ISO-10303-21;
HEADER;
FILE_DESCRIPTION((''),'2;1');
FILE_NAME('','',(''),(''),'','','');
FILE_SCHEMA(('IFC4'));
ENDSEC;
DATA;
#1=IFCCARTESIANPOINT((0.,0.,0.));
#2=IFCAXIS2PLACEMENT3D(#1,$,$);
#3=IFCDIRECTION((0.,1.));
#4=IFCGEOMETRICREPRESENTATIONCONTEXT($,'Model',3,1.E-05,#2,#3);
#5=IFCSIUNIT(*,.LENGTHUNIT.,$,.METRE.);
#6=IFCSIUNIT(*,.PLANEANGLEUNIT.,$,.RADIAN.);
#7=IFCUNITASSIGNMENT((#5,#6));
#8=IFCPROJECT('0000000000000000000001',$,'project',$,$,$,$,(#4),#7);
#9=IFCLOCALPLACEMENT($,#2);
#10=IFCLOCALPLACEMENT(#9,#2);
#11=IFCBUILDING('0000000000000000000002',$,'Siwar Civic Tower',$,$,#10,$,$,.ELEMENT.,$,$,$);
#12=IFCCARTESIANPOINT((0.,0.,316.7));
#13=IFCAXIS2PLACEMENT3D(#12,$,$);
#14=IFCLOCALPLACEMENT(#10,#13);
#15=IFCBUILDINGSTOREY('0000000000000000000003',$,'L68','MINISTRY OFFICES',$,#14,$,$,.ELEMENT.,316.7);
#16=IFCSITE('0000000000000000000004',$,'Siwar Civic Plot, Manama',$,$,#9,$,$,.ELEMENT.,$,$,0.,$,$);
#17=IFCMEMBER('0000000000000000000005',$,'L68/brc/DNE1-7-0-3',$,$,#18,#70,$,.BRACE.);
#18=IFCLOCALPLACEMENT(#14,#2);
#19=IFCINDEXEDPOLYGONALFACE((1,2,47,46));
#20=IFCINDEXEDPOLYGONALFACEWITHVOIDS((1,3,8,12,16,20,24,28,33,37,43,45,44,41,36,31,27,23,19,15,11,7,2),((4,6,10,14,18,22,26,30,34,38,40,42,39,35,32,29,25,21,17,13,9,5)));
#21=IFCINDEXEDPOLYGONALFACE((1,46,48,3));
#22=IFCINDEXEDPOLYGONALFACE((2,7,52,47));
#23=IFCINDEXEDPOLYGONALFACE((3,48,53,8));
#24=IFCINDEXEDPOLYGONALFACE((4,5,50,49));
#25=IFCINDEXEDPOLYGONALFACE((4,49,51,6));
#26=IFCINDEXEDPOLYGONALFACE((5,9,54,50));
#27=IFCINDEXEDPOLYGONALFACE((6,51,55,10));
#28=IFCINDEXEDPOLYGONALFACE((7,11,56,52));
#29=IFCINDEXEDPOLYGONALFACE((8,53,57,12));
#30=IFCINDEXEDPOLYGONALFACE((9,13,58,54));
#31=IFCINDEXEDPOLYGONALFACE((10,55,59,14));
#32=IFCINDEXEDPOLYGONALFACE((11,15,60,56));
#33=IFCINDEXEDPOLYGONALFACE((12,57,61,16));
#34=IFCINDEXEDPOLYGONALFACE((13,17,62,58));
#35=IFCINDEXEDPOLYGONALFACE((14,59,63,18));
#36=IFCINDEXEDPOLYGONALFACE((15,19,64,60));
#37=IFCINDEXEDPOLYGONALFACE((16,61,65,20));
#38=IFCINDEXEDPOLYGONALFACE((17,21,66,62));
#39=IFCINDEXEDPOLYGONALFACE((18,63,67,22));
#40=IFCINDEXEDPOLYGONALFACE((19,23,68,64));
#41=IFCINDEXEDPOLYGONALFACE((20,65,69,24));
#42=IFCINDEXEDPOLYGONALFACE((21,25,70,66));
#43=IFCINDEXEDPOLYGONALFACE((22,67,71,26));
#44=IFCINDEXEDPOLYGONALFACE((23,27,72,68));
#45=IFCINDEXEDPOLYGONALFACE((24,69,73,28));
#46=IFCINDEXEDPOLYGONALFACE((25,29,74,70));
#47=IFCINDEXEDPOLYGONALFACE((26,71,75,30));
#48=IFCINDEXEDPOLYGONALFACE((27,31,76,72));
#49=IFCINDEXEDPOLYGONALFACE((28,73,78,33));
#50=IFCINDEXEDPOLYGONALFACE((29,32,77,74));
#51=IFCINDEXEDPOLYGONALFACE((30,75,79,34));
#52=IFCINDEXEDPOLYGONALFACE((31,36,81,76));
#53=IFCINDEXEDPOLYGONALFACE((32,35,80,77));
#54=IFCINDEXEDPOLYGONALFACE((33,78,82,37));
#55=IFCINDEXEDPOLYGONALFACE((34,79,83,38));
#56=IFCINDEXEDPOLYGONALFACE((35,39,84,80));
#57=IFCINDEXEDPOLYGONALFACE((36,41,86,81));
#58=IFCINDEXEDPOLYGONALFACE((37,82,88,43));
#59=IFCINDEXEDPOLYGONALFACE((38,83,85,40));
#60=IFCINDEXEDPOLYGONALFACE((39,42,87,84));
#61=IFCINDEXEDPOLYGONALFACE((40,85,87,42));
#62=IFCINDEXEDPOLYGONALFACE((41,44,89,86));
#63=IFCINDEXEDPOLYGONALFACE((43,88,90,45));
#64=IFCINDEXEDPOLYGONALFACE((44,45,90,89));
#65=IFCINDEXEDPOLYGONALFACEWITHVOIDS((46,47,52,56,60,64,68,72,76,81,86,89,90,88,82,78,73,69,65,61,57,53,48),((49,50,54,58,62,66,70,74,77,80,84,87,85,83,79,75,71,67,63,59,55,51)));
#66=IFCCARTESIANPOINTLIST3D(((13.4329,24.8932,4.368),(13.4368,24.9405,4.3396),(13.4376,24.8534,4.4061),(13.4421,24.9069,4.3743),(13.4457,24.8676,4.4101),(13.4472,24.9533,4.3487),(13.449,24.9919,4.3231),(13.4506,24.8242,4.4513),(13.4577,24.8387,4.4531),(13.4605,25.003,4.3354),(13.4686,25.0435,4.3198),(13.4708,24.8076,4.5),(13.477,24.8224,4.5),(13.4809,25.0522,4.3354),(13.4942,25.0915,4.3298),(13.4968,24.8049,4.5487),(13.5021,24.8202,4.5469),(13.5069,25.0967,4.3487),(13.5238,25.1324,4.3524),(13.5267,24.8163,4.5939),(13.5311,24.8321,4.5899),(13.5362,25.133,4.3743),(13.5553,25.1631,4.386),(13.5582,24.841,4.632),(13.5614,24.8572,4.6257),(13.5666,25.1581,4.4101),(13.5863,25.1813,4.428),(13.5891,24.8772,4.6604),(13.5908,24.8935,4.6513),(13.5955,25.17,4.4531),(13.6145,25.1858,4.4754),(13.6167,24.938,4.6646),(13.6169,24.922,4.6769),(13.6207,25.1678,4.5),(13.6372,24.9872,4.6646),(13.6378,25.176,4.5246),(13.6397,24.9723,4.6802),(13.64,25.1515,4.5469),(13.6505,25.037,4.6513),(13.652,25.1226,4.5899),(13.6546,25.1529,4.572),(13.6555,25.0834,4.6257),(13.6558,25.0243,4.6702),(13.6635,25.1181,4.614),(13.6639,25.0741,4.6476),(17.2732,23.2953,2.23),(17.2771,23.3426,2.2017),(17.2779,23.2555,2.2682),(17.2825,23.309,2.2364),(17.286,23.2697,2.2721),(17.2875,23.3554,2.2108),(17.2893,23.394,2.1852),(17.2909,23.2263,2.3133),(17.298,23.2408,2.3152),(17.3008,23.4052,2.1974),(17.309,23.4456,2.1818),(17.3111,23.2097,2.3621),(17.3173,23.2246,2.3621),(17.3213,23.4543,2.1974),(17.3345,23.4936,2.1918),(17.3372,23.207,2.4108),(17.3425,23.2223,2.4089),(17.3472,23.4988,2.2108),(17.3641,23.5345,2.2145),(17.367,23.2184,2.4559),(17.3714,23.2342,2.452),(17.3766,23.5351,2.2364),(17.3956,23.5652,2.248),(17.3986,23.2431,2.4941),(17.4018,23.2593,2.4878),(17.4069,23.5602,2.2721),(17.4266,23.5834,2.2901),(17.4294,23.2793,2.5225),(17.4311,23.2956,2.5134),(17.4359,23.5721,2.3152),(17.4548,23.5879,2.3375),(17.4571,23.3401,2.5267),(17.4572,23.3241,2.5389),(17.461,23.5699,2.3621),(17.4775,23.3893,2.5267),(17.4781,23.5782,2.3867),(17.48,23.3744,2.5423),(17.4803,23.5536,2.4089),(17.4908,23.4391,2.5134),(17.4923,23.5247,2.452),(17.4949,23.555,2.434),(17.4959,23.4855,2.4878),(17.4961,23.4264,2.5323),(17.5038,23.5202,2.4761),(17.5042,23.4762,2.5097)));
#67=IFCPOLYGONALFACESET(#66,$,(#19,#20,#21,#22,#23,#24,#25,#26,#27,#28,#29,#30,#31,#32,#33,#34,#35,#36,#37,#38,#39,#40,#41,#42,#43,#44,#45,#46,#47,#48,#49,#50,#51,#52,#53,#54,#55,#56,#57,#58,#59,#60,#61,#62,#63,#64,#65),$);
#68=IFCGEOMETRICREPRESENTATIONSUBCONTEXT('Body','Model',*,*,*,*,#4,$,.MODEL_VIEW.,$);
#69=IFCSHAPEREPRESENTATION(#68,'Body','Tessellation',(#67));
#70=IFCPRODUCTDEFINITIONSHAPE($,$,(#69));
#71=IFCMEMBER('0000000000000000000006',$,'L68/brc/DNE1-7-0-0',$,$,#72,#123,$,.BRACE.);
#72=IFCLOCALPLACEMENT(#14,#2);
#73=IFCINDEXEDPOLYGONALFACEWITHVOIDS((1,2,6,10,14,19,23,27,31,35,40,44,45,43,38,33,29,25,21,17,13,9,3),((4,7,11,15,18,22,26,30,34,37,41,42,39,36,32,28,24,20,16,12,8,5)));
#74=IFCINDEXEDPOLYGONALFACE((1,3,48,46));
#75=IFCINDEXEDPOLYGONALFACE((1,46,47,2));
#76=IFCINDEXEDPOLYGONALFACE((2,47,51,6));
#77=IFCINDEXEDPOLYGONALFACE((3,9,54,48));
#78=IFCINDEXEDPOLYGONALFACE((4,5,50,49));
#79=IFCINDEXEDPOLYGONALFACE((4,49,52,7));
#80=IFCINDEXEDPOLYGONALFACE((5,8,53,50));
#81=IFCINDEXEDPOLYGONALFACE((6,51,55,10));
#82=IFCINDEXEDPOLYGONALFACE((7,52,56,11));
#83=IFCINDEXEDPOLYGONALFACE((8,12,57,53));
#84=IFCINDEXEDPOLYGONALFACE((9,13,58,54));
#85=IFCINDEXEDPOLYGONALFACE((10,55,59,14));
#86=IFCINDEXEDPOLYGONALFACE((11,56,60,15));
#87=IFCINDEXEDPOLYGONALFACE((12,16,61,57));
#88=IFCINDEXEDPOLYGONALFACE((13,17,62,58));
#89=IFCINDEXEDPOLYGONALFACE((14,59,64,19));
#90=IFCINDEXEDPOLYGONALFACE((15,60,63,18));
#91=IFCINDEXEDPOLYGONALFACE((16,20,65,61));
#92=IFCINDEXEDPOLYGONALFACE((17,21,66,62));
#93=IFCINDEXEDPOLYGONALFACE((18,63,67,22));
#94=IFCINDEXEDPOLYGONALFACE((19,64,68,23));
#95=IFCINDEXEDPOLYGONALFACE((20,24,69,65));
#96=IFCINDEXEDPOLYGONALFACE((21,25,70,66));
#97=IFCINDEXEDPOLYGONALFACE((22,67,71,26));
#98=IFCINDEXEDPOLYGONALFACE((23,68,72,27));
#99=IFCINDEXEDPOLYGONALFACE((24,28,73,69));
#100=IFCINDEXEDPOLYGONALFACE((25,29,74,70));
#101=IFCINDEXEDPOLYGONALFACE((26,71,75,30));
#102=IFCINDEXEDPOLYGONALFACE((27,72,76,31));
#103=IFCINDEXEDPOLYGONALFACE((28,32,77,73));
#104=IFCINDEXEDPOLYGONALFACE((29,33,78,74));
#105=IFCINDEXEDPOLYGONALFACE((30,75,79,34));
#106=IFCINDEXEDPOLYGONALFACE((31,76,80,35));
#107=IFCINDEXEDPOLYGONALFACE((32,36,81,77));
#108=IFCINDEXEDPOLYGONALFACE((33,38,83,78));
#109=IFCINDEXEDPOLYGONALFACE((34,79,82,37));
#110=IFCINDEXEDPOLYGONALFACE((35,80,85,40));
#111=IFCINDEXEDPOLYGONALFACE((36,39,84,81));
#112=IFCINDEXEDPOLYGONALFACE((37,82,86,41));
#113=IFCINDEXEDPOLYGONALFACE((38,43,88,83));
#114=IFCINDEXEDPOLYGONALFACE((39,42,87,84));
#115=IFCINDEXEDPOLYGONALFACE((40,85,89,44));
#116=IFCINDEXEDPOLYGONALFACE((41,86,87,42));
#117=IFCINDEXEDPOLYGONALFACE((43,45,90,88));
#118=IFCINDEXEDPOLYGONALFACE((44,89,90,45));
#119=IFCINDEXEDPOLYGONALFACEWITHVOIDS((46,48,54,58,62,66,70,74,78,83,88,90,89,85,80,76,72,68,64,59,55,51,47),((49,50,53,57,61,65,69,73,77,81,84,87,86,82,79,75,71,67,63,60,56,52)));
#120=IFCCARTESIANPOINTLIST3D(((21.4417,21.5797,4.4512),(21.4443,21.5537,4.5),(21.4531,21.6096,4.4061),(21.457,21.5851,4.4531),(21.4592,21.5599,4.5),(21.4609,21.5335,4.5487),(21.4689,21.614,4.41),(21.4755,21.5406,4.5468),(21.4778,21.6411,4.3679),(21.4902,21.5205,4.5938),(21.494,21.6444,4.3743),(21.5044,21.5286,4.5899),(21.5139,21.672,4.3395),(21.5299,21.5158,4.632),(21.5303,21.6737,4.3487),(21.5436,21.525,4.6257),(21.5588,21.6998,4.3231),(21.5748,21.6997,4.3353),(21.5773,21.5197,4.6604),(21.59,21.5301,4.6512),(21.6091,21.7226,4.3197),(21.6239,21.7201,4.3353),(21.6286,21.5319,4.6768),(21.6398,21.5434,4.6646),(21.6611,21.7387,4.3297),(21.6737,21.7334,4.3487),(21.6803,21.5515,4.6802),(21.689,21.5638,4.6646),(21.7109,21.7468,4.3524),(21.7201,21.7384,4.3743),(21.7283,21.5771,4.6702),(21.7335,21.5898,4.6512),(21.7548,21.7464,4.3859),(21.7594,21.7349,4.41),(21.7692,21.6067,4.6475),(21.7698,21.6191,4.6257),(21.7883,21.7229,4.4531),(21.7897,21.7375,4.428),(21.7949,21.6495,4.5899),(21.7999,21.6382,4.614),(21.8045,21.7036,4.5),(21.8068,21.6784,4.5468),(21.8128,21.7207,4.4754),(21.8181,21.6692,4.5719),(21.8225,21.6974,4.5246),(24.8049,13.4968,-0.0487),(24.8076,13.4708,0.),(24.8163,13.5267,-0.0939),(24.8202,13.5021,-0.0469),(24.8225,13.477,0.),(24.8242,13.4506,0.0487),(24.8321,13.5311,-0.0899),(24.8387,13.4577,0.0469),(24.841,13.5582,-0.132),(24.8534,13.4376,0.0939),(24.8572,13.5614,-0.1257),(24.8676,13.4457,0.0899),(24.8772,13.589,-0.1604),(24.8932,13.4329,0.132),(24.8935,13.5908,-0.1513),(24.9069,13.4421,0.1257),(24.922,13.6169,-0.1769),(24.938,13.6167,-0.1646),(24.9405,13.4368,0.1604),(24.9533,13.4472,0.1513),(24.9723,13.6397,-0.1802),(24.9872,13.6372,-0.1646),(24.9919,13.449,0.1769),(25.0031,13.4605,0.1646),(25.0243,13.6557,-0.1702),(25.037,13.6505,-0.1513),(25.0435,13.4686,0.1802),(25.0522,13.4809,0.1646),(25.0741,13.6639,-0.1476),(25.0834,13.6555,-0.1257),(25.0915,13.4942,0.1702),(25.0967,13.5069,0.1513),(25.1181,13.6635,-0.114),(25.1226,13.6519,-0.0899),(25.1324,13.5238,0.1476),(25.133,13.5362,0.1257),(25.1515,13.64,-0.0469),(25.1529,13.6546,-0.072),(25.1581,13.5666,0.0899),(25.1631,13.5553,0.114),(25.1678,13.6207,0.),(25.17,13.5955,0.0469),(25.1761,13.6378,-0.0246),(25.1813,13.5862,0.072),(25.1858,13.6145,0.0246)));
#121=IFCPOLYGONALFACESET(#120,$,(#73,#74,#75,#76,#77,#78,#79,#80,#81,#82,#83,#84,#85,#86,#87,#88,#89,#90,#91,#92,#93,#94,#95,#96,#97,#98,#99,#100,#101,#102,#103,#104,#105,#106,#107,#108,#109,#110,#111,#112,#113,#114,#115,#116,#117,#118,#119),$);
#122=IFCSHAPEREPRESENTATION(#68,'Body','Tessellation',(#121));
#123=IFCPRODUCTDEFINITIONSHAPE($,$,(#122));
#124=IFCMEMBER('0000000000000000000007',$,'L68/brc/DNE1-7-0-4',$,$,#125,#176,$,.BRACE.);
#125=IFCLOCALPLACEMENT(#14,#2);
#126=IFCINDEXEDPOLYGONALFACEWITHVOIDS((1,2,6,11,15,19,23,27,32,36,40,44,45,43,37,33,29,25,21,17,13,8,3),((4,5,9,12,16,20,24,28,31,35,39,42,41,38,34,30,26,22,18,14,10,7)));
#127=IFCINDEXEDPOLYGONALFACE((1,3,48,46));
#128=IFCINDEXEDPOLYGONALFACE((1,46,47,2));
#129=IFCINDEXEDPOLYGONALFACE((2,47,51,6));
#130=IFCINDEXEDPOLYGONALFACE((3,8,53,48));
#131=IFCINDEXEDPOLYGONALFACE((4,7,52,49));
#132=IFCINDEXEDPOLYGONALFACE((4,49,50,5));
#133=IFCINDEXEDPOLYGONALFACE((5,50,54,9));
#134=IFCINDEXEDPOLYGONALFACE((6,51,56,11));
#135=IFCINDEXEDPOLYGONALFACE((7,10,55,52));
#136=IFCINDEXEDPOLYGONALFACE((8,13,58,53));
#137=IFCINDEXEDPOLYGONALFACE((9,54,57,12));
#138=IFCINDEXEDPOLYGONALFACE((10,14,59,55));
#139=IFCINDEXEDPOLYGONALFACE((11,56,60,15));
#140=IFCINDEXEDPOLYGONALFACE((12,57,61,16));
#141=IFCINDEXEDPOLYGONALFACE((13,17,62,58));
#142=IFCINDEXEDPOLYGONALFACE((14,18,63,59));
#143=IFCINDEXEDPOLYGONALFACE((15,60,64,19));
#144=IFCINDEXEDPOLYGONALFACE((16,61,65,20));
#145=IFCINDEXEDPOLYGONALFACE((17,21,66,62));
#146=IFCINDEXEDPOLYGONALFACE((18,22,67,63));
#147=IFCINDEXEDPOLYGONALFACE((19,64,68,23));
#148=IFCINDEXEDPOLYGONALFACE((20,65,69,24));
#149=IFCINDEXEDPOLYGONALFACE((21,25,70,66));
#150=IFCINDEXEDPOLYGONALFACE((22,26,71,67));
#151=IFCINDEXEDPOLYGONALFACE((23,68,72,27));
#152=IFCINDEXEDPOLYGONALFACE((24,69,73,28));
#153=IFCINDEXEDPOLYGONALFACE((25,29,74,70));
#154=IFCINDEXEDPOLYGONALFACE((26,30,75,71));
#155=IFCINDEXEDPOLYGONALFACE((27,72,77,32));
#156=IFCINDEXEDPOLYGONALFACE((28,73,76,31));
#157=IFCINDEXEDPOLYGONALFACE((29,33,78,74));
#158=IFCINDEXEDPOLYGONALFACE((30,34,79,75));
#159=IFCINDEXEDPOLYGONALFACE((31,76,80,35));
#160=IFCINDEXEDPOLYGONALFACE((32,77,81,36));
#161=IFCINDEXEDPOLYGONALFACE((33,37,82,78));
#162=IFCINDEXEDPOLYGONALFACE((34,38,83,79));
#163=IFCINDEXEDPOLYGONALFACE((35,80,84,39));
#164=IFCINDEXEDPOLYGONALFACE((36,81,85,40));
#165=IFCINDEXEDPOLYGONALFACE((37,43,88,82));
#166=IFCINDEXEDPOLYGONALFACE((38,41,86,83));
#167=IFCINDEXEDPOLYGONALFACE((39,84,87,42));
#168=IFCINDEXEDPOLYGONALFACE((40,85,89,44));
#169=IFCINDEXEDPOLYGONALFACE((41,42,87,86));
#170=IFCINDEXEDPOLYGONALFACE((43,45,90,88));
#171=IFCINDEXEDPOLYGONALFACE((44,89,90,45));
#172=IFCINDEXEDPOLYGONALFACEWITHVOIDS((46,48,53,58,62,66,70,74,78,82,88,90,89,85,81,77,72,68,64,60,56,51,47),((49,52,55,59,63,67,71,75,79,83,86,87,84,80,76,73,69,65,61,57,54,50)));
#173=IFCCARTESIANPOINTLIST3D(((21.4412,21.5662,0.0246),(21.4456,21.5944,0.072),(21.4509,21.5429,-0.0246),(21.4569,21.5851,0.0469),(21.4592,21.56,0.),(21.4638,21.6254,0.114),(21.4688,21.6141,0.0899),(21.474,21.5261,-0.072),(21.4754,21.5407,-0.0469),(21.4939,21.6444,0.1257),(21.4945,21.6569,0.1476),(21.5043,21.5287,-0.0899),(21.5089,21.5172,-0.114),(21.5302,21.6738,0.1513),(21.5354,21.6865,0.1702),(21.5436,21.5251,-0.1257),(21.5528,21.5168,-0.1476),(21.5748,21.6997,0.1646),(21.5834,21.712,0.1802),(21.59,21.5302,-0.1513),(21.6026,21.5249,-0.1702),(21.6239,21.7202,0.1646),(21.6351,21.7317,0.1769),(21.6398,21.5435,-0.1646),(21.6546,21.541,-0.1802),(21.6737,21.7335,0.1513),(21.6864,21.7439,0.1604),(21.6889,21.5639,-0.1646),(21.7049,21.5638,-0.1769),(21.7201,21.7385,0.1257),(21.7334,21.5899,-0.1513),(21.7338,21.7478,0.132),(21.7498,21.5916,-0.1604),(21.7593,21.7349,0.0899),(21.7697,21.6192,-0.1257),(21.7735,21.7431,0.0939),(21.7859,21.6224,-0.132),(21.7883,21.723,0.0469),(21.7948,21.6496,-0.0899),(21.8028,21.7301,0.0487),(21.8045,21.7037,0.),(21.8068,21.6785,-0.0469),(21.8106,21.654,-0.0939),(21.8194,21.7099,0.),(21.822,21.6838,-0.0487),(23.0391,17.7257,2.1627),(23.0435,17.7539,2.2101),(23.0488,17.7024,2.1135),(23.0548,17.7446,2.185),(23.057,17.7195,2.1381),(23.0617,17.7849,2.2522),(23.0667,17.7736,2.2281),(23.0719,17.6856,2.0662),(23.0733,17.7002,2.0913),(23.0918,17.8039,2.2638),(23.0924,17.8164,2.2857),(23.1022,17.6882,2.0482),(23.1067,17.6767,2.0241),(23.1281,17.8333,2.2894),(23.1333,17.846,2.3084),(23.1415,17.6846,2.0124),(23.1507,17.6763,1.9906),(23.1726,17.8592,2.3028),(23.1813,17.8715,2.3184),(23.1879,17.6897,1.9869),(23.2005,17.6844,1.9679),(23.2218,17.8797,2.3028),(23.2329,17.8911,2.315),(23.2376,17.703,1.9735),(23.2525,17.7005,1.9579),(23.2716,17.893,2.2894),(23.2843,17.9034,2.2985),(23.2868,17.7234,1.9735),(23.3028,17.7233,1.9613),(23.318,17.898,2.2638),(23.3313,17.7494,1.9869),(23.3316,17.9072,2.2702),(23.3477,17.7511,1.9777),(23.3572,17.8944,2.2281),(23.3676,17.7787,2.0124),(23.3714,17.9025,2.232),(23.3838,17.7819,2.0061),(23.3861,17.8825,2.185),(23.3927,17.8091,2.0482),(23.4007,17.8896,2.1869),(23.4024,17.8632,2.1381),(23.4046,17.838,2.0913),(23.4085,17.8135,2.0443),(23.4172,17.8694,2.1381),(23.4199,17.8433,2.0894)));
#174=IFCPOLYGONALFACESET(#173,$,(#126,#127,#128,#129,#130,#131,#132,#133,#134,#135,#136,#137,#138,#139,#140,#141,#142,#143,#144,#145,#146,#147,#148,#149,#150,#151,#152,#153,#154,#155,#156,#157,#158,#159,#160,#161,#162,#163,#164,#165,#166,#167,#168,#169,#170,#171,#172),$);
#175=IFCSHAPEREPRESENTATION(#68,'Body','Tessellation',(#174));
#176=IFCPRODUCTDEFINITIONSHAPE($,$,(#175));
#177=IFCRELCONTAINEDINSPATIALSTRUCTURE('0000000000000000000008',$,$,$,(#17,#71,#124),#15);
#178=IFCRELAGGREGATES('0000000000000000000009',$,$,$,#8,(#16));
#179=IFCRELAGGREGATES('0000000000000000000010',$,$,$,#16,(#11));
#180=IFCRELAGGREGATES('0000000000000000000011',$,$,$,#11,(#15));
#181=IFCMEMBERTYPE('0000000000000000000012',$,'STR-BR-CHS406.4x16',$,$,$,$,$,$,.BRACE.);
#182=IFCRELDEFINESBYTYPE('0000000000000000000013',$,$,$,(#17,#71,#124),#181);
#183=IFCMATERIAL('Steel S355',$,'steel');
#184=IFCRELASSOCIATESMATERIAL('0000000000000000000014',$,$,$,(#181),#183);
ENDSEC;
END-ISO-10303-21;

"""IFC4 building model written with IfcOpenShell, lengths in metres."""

from ifc_helpers import new_model, si_unit, direction, frame, origin, origin_2d, place, context, subcontext, project, spatial, hollow_circle, extrude, material, material_profile, profile_set, type_object, element, save


model = new_model("IFC4")

# Units and contexts
model_context = context("Model", 3, precision=1e-05, world=origin(), true_north=direction((0.0, 1.0)))
body_context = subcontext(model_context, "Body", "Model", "MODEL_VIEW")
ifc_project = project(units=[si_unit("LENGTHUNIT", "METRE"), si_unit("PLANEANGLEUNIT", "RADIAN")], contexts=[model_context])

# Site, building, storey
site_placement = place(None, origin())
site = spatial("IfcSite", under=ifc_project, at=site_placement, Name="Siwar Civic Plot, Manama", CompositionType="ELEMENT", RefElevation=0.0)
building_placement = place(site_placement, origin())
building = spatial("IfcBuilding", under=site, at=building_placement, Name="Siwar Civic Tower", CompositionType="ELEMENT")
storey_placement = place(building_placement, frame((0.0, 0.0, 316.7)))
storey = spatial("IfcBuildingStorey", under=building, at=storey_placement, Name="L68", Description="MINISTRY OFFICES", CompositionType="ELEMENT", Elevation=316.7)

# Members
ifc_material_1 = material(Name="Steel S355", Category="steel")
ifc_material_profile_1 = material_profile(ifc_material_1, hollow_circle(Radius=0.2031, WallThickness=0.0161, at=origin_2d()), Name="CHS406.4x16")
ifc_profile_set_1 = profile_set([ifc_material_profile_1], Name="Steel S355")
member_type_1 = type_object("IfcMemberType", Name="STR-BR-CHS406.4x16", PredefinedType="BRACE", material=ifc_profile_set_1)
member_1_placement = place(storey_placement, frame((17.3892, 23.3972, 2.3621), z_axis=(-0.82115, 0.341667, 0.45714), x_axis=(-0.384157, -0.923268, 0.0)))
element("IfcMember", 1, at=member_1_placement, inside=storey, type_object=member_type_1, Name="L68/brc/DNE1-7-0-3", PredefinedType="BRACE", context=body_context, shape_type="SweptSolid", body=[
    extrude(hollow_circle(Radius=0.2031, WallThickness=0.0161, at=origin_2d()), origin(), (0.0, 0.0, 1.0), 4.6768),
])
member_2_placement = place(storey_placement, frame((24.9951, 13.5488, 0.0), z_axis=(-0.341671, 0.821143, 0.457149), x_axis=(-0.923265, -0.384164, 0.0)))
element("IfcMember", 2, at=member_2_placement, inside=storey, type_object=member_type_1, Name="L68/brc/DNE1-7-0-0", PredefinedType="BRACE", context=body_context, shape_type="SweptSolid", body=[
    extrude(hollow_circle(Radius=0.2031, WallThickness=0.0161, at=origin_2d()), origin(), (0.0, 0.0, 1.0), 9.8435),
])
member_3_placement = place(storey_placement, frame((21.6318, 21.6318, 0.0), z_axis=(0.341644, -0.821147, 0.457161), x_axis=(0.923276, 0.384136, 0.0)))
element("IfcMember", 3, at=member_3_placement, inside=storey, type_object=member_type_1, Name="L68/brc/DNE1-7-0-4", PredefinedType="BRACE", context=body_context, shape_type="SweptSolid", body=[
    extrude(hollow_circle(Radius=0.2031, WallThickness=0.0161, at=origin_2d()), origin(), (0.0, 0.0, 1.0), 4.677),
])

save(model, "model.ifc")
